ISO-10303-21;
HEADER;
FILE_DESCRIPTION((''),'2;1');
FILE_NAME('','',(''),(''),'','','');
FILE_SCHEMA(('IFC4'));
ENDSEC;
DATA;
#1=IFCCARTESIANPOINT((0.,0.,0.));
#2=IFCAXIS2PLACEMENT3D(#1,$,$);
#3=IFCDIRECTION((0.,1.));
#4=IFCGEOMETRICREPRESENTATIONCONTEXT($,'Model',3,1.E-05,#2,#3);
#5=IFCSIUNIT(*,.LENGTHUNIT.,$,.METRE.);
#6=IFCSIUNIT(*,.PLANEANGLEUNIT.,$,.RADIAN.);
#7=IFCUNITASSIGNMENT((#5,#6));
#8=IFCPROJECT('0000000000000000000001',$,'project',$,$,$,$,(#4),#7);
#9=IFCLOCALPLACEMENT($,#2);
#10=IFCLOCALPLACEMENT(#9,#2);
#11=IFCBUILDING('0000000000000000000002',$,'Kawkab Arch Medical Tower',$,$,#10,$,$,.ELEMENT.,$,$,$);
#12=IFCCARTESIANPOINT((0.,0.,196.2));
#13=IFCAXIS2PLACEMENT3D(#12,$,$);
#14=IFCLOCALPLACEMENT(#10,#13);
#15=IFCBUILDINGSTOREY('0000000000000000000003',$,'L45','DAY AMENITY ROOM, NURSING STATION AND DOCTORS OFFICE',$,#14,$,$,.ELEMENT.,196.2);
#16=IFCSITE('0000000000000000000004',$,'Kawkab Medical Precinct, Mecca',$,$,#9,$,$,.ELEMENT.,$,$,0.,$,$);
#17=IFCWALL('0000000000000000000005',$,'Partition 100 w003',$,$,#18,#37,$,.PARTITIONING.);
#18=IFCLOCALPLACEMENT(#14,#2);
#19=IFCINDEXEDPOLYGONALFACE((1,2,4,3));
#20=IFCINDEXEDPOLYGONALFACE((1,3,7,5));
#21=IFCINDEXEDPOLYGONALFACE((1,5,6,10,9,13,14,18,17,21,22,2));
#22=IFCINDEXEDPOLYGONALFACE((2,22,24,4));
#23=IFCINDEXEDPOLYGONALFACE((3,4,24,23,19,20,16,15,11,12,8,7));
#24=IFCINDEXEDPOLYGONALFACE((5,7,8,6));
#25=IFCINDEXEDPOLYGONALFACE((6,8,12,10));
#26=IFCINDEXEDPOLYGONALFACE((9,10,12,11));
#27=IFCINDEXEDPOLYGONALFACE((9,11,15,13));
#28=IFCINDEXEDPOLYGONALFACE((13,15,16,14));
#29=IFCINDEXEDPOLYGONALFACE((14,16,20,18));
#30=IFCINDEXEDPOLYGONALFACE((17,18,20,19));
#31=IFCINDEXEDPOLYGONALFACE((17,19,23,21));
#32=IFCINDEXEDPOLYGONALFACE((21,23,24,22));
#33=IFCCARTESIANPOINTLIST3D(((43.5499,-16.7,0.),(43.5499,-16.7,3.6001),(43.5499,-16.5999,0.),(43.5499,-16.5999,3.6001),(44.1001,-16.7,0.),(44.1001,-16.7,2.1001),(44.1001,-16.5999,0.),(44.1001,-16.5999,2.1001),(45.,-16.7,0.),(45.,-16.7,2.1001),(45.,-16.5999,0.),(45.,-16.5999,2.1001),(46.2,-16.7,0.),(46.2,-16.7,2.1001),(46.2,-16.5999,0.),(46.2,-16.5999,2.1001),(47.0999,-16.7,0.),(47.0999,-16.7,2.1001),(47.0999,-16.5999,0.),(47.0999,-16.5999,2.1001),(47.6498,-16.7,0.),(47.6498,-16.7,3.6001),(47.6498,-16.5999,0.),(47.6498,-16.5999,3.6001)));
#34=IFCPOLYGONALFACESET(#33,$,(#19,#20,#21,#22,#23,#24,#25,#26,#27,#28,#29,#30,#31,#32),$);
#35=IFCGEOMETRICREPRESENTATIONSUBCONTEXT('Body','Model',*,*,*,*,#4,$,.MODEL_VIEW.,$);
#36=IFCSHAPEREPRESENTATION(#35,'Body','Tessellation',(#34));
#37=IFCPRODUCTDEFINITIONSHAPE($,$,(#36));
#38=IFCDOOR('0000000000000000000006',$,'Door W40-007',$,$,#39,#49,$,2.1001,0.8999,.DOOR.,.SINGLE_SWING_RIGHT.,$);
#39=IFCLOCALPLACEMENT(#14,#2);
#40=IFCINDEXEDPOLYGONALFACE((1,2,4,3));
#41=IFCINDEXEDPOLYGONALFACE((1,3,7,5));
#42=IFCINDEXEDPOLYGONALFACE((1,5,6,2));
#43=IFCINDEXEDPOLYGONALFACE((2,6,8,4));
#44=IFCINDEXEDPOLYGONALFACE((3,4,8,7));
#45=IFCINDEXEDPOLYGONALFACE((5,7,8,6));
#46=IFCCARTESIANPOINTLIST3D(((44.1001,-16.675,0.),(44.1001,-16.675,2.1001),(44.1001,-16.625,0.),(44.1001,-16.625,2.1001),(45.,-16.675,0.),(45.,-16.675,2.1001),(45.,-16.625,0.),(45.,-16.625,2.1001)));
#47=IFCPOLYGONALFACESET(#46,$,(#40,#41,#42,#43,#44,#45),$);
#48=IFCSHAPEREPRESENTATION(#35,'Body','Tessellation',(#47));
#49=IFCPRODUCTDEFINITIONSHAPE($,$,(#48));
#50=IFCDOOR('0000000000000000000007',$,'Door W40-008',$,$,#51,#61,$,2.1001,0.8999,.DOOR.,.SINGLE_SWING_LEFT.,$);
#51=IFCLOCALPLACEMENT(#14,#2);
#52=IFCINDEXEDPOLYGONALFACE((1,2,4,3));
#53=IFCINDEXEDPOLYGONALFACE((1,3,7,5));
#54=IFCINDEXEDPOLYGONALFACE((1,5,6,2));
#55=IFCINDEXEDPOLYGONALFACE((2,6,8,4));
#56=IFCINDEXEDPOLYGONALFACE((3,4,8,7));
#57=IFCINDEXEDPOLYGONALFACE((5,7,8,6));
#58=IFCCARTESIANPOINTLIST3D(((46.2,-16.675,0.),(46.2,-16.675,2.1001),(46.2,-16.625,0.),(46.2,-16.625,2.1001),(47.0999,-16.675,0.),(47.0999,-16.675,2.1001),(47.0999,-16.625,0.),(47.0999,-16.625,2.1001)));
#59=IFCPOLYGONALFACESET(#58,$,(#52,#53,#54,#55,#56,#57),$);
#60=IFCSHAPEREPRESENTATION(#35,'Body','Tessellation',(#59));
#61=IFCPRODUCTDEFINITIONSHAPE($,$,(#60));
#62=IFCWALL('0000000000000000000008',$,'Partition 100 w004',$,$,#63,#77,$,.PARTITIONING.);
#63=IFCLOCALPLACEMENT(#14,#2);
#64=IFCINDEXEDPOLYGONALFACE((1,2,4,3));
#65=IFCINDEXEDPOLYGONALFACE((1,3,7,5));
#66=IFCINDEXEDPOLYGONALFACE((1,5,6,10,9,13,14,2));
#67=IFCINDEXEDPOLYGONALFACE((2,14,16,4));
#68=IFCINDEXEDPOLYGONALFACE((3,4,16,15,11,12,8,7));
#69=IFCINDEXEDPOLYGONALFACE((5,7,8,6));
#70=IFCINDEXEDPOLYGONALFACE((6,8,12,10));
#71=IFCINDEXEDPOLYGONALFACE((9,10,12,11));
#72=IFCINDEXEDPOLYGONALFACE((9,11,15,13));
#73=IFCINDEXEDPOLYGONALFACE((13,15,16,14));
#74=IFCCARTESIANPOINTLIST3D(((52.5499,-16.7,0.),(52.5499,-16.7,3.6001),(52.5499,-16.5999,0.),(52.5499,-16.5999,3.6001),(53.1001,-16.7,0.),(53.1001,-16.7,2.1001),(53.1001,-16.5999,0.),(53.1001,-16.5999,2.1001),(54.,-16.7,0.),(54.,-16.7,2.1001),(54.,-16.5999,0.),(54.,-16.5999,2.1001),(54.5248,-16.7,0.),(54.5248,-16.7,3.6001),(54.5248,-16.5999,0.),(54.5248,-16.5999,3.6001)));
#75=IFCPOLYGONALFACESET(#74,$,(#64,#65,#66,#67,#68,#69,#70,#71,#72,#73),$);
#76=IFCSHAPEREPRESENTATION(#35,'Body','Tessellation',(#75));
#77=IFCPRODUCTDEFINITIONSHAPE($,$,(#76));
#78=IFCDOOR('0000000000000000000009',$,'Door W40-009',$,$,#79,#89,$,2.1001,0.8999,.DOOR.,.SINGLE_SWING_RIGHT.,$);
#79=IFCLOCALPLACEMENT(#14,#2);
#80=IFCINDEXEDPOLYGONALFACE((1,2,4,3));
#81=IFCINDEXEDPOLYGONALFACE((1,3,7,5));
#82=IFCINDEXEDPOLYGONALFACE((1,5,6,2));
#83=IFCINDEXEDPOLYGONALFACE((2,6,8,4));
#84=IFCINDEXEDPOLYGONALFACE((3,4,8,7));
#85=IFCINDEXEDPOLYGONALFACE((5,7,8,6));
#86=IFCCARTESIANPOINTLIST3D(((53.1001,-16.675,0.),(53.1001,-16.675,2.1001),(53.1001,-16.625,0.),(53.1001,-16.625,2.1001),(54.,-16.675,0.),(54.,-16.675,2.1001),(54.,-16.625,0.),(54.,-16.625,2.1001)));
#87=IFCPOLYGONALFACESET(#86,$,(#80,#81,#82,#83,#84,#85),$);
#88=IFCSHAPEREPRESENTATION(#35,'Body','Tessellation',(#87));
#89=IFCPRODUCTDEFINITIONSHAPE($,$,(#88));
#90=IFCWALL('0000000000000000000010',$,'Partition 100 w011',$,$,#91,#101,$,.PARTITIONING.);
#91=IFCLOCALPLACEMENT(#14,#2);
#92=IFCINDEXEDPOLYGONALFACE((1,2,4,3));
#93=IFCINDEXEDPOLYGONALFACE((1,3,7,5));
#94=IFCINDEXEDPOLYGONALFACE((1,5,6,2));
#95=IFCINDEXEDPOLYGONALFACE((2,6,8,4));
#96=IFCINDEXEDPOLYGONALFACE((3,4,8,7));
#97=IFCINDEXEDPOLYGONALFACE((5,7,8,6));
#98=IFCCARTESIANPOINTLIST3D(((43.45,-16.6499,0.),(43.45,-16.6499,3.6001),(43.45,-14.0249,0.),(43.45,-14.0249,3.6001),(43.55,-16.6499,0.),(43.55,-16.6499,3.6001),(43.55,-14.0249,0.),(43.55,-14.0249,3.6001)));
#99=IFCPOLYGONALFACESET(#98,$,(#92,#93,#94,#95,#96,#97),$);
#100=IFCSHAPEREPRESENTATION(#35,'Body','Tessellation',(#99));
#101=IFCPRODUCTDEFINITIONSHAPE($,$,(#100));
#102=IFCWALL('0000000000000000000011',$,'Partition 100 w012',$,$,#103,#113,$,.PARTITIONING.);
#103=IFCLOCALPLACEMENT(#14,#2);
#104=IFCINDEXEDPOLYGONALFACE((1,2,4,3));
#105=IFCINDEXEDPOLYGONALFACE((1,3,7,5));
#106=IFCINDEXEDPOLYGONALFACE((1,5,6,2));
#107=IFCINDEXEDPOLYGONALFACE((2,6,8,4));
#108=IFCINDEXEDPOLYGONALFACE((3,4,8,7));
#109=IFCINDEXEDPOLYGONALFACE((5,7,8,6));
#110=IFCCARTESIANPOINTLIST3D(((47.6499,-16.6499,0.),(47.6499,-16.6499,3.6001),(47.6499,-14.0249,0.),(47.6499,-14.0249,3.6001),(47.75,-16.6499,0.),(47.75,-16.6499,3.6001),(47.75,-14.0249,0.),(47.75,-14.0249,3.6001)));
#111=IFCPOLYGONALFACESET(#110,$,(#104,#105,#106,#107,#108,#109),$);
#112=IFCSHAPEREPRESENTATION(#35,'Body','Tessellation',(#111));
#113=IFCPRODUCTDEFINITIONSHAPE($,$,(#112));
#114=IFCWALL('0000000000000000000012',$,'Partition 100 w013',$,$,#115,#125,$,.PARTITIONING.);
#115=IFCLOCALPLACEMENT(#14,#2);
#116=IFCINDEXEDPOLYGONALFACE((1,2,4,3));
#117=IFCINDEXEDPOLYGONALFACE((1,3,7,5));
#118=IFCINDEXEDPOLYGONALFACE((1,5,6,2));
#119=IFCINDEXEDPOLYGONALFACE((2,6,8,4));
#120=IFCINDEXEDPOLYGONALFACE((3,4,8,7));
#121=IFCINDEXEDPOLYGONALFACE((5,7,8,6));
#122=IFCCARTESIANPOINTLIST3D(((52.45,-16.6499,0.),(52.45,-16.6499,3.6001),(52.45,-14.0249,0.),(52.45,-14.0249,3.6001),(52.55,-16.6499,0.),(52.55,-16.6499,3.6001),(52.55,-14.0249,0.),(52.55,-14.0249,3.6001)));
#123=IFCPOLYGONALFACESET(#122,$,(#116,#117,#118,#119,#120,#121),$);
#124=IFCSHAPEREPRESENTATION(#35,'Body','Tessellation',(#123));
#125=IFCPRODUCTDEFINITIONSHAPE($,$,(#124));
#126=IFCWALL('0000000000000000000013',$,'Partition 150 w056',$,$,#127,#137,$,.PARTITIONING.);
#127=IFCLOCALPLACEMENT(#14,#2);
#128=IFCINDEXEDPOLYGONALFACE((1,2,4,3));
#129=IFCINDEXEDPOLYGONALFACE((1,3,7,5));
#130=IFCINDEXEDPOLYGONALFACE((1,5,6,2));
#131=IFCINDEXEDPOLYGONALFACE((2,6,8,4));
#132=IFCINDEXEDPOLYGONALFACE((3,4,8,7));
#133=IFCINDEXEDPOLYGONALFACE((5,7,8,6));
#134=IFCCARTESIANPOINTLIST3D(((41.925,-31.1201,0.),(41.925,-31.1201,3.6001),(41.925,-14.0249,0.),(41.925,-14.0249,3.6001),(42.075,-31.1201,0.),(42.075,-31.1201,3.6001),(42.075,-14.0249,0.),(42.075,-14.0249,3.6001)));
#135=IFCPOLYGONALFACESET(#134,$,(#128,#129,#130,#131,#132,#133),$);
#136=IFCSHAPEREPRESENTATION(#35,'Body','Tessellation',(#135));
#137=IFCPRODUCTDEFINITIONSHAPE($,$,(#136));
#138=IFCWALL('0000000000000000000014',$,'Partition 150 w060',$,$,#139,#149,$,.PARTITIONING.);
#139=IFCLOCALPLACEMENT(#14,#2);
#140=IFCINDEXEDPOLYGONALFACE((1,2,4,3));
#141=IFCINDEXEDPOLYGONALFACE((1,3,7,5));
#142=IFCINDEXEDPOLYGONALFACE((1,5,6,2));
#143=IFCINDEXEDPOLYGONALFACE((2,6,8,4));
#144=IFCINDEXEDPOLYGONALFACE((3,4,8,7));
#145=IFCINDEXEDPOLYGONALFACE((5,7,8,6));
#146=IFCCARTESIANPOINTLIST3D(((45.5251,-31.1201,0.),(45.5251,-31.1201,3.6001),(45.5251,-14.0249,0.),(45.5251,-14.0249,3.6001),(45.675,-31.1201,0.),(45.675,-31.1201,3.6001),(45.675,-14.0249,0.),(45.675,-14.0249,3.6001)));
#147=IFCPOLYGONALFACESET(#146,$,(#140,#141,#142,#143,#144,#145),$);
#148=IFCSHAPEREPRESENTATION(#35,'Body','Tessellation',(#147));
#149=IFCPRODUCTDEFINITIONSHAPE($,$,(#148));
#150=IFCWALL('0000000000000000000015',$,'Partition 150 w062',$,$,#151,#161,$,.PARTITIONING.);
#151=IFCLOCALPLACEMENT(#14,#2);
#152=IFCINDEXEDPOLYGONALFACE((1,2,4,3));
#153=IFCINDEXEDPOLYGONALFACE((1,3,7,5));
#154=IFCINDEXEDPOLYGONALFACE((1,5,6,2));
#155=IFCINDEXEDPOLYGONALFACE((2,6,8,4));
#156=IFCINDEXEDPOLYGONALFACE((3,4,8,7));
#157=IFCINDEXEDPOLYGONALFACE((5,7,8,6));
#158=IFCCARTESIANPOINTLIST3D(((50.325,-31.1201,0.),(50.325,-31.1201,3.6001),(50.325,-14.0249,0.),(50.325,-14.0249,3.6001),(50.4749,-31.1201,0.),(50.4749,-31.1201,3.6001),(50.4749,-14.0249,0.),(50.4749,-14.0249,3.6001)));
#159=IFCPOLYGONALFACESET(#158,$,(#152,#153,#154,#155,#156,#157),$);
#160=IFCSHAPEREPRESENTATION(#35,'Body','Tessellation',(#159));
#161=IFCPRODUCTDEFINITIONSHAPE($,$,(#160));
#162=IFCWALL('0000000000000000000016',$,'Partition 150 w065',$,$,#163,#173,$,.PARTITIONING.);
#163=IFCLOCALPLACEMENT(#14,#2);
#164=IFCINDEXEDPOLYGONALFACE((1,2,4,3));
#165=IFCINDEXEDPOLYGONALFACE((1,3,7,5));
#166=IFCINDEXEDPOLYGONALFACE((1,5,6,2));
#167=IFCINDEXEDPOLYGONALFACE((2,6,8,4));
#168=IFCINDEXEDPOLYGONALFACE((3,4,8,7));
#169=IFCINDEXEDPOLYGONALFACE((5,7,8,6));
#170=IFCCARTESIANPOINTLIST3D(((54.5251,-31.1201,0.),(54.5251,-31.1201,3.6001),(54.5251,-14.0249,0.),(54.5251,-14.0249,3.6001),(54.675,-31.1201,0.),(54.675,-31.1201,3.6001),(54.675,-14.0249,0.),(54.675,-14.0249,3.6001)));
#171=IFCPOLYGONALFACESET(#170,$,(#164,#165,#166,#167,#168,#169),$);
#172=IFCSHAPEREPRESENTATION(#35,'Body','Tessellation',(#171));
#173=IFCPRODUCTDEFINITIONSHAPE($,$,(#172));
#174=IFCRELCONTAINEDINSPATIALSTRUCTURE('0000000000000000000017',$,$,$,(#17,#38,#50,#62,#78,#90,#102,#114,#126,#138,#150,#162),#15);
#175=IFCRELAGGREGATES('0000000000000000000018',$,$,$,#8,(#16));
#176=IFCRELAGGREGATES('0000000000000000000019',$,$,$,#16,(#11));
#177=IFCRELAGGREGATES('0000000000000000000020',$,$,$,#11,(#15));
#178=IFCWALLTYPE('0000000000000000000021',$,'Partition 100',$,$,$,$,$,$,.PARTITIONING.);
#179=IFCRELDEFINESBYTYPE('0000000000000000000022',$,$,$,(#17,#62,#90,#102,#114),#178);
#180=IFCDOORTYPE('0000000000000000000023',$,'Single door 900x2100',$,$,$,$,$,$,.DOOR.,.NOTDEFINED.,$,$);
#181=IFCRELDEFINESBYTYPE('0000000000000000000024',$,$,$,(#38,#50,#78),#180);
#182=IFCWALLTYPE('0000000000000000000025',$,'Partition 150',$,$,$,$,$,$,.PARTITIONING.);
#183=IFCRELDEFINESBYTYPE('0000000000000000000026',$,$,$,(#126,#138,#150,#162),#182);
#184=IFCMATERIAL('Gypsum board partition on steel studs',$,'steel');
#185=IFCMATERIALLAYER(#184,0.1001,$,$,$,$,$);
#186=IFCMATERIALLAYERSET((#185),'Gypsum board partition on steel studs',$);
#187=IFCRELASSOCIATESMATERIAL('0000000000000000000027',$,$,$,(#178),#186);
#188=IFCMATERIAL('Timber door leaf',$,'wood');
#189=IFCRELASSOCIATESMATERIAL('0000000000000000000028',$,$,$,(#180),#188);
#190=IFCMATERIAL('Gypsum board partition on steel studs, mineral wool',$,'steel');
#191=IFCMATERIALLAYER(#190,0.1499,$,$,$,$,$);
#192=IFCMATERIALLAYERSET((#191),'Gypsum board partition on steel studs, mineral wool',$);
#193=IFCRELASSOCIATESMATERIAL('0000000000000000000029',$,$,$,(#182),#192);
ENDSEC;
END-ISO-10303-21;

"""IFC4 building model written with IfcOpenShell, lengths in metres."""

from ifc_helpers import new_model, si_unit, direction, frame, frame_2d, origin, place, context, subcontext, project, spatial, rectangle, extrude, material, layer, layer_set, type_object, element, fill, save


model = new_model("IFC4")

# Units and contexts
model_context = context("Model", 3, precision=1e-05, world=origin(), true_north=direction((0.0, 1.0)))
body_context = subcontext(model_context, "Body", "Model", "MODEL_VIEW")
ifc_project = project(units=[si_unit("LENGTHUNIT", "METRE"), si_unit("PLANEANGLEUNIT", "RADIAN")], contexts=[model_context])

# Site, building, storey
site_placement = place(None, origin())
site = spatial("IfcSite", under=ifc_project, at=site_placement, Name="Kawkab Medical Precinct, Mecca", CompositionType="ELEMENT", RefElevation=0.0)
building_placement = place(site_placement, origin())
building = spatial("IfcBuilding", under=site, at=building_placement, Name="Kawkab Arch Medical Tower", CompositionType="ELEMENT")
storey_placement = place(building_placement, frame((0.0, 0.0, 196.2)))
storey = spatial("IfcBuildingStorey", under=building, at=storey_placement, Name="L45", Description="DAY AMENITY ROOM, NURSING STATION AND DOCTORS OFFICE", CompositionType="ELEMENT", Elevation=196.2)

# Wall, openings, doors
ifc_material_1 = material(Name="Gypsum board partition on steel studs", Category="steel")
ifc_layer_1 = layer(ifc_material_1, 0.1001)
ifc_layer_set_1 = layer_set([ifc_layer_1], Name="Gypsum board partition on steel studs")
wall_type_1 = type_object("IfcWallType", Name="Partition 100", PredefinedType="PARTITIONING", material=ifc_layer_set_1)
wall_1_placement = place(storey_placement, frame((43.55, -16.6499, 0.0), z_axis=(0.0, 0.0, 1.0), x_axis=(1.0, 0.0, 0.0)))
wall_1 = element("IfcWall", 1, at=wall_1_placement, inside=storey, type_object=wall_type_1, Name="Partition 100 w003", PredefinedType="PARTITIONING", context=body_context, shape_type="SweptSolid", body=[
    extrude(rectangle(XDim=4.0999, YDim=0.1001, at=frame_2d((2.0498, 0.0))), origin(), (0.0, 0.0, 1.0), 3.6001),
])
opening_1_placement = place(wall_1_placement, frame((0.55, 0.0, 0.0)))
opening_1 = element("IfcOpeningElement", 2, at=opening_1_placement, cuts=wall_1, PredefinedType="OPENING", context=body_context, shape_type="SweptSolid", body=[
    extrude(rectangle(XDim=0.8999, YDim=2.1001, at=frame_2d((0.45, 1.05))), frame((0.0, 0.0601, 0.0), z_axis=(0.0, -1.0, 0.0), x_axis=(1.0, 0.0, 0.0)), (0.0, 0.0, 1.0), 0.1201),
])
opening_2_placement = place(wall_1_placement, frame((2.6499, 0.0, 0.0)))
opening_2 = element("IfcOpeningElement", 3, at=opening_2_placement, cuts=wall_1, PredefinedType="OPENING", context=body_context, shape_type="SweptSolid", body=[
    extrude(rectangle(XDim=0.8999, YDim=2.1001, at=frame_2d((0.45, 1.05))), frame((0.0, 0.0601, 0.0), z_axis=(0.0, -1.0, 0.0), x_axis=(1.0, 0.0, 0.0)), (0.0, 0.0, 1.0), 0.1201),
])
ifc_material_2 = material(Name="Timber door leaf", Category="wood")
door_type = type_object("IfcDoorType", Name="Single door 900x2100", OperationType="NOTDEFINED", PredefinedType="DOOR", material=ifc_material_2)
door_1_placement = place(opening_1_placement, origin())
door_1 = element("IfcDoor", 4, at=door_1_placement, inside=storey, type_object=door_type, Name="Door W40-007", OperationType="SINGLE_SWING_RIGHT", OverallHeight=2.1001, OverallWidth=0.8999, PredefinedType="DOOR", context=body_context, shape_type="SweptSolid", body=[
    extrude(rectangle(XDim=0.8999, YDim=2.1001, at=frame_2d((0.45, 1.05))), frame((0.0, 0.0249, 0.0), z_axis=(0.0, -1.0, 0.0), x_axis=(1.0, 0.0, 0.0)), (0.0, 0.0, 1.0), 0.05),
])
fill(opening_1, door_1)
door_2_placement = place(opening_2_placement, origin())
door_2 = element("IfcDoor", 5, at=door_2_placement, inside=storey, type_object=door_type, Name="Door W40-008", OperationType="SINGLE_SWING_LEFT", OverallHeight=2.1001, OverallWidth=0.8999, PredefinedType="DOOR", context=body_context, shape_type="SweptSolid", body=[
    extrude(rectangle(XDim=0.8999, YDim=2.1001, at=frame_2d((0.45, 1.05))), frame((0.0, 0.0249, 0.0), z_axis=(0.0, -1.0, 0.0), x_axis=(1.0, 0.0, 0.0)), (0.0, 0.0, 1.0), 0.05),
])
fill(opening_2, door_2)

# Wall, opening, door
wall_2_placement = place(storey_placement, frame((52.55, -16.6499, 0.0), z_axis=(0.0, 0.0, 1.0), x_axis=(1.0, 0.0, 0.0)))
wall_2 = element("IfcWall", 6, at=wall_2_placement, inside=storey, type_object=wall_type_1, Name="Partition 100 w004", PredefinedType="PARTITIONING", context=body_context, shape_type="SweptSolid", body=[
    extrude(rectangle(XDim=1.9749, YDim=0.1001, at=frame_2d((0.9873, 0.0))), origin(), (0.0, 0.0, 1.0), 3.6001),
])
opening_3_placement = place(wall_2_placement, frame((0.55, 0.0, 0.0)))
opening_3 = element("IfcOpeningElement", 7, at=opening_3_placement, cuts=wall_2, PredefinedType="OPENING", context=body_context, shape_type="SweptSolid", body=[
    extrude(rectangle(XDim=0.8999, YDim=2.1001, at=frame_2d((0.45, 1.05))), frame((0.0, 0.0601, 0.0), z_axis=(0.0, -1.0, 0.0), x_axis=(1.0, 0.0, 0.0)), (0.0, 0.0, 1.0), 0.1201),
])
door_3_placement = place(opening_3_placement, origin())
door_3 = element("IfcDoor", 8, at=door_3_placement, inside=storey, type_object=door_type, Name="Door W40-009", OperationType="SINGLE_SWING_RIGHT", OverallHeight=2.1001, OverallWidth=0.8999, PredefinedType="DOOR", context=body_context, shape_type="SweptSolid", body=[
    extrude(rectangle(XDim=0.8999, YDim=2.1001, at=frame_2d((0.45, 1.05))), frame((0.0, 0.0249, 0.0), z_axis=(0.0, -1.0, 0.0), x_axis=(1.0, 0.0, 0.0)), (0.0, 0.0, 1.0), 0.05),
])
fill(opening_3, door_3)

# Walls
for number, where, z_axis, x_axis, name in (
    (9, (43.5, -16.6499, 0.0), (0.0, 0.0, 1.0), (0.0, 1.0, 0.0), "Partition 100 w011"),
    (10, (47.7, -16.6499, 0.0), (0.0, 0.0, 1.0), (0.0, 1.0, 0.0), "Partition 100 w012"),
    (11, (52.5, -16.6499, 0.0), (0.0, 0.0, 1.0), (0.0, 1.0, 0.0), "Partition 100 w013"),
):
    element("IfcWall", number, at=place(storey_placement, frame(where, z_axis=z_axis, x_axis=x_axis)), inside=storey, type_object=wall_type_1, Name=name, PredefinedType="PARTITIONING", context=body_context, shape_type="SweptSolid", body=[
        extrude(rectangle(XDim=2.625, YDim=0.1001, at=frame_2d((1.3125, 0.0))), origin(), (0.0, 0.0, 1.0), 3.6001),
    ])
ifc_material_3 = material(Name="Gypsum board partition on steel studs, mineral wool", Category="steel")
ifc_layer_2 = layer(ifc_material_3, 0.1499)
ifc_layer_set_2 = layer_set([ifc_layer_2], Name="Gypsum board partition on steel studs, mineral wool")
wall_type_2 = type_object("IfcWallType", Name="Partition 150", PredefinedType="PARTITIONING", material=ifc_layer_set_2)
for number, where, z_axis, x_axis, name in (
    (12, (42.0, -31.1201, 0.0), (0.0, 0.0, 1.0), (0.0, 1.0, 0.0), "Partition 150 w056"),
    (13, (45.6001, -31.1201, 0.0), (0.0, 0.0, 1.0), (0.0, 1.0, 0.0), "Partition 150 w060"),
    (14, (50.3999, -31.1201, 0.0), (0.0, 0.0, 1.0), (0.0, 1.0, 0.0), "Partition 150 w062"),
    (15, (54.6001, -31.1201, 0.0), (0.0, 0.0, 1.0), (0.0, 1.0, 0.0), "Partition 150 w065"),
):
    element("IfcWall", number, at=place(storey_placement, frame(where, z_axis=z_axis, x_axis=x_axis)), inside=storey, type_object=wall_type_2, Name=name, PredefinedType="PARTITIONING", context=body_context, shape_type="SweptSolid", body=[
        extrude(rectangle(XDim=17.0952, YDim=0.1499, at=frame_2d((8.5476, 0.0))), origin(), (0.0, 0.0, 1.0), 3.6001),
    ])

save(model, "model.ifc")
